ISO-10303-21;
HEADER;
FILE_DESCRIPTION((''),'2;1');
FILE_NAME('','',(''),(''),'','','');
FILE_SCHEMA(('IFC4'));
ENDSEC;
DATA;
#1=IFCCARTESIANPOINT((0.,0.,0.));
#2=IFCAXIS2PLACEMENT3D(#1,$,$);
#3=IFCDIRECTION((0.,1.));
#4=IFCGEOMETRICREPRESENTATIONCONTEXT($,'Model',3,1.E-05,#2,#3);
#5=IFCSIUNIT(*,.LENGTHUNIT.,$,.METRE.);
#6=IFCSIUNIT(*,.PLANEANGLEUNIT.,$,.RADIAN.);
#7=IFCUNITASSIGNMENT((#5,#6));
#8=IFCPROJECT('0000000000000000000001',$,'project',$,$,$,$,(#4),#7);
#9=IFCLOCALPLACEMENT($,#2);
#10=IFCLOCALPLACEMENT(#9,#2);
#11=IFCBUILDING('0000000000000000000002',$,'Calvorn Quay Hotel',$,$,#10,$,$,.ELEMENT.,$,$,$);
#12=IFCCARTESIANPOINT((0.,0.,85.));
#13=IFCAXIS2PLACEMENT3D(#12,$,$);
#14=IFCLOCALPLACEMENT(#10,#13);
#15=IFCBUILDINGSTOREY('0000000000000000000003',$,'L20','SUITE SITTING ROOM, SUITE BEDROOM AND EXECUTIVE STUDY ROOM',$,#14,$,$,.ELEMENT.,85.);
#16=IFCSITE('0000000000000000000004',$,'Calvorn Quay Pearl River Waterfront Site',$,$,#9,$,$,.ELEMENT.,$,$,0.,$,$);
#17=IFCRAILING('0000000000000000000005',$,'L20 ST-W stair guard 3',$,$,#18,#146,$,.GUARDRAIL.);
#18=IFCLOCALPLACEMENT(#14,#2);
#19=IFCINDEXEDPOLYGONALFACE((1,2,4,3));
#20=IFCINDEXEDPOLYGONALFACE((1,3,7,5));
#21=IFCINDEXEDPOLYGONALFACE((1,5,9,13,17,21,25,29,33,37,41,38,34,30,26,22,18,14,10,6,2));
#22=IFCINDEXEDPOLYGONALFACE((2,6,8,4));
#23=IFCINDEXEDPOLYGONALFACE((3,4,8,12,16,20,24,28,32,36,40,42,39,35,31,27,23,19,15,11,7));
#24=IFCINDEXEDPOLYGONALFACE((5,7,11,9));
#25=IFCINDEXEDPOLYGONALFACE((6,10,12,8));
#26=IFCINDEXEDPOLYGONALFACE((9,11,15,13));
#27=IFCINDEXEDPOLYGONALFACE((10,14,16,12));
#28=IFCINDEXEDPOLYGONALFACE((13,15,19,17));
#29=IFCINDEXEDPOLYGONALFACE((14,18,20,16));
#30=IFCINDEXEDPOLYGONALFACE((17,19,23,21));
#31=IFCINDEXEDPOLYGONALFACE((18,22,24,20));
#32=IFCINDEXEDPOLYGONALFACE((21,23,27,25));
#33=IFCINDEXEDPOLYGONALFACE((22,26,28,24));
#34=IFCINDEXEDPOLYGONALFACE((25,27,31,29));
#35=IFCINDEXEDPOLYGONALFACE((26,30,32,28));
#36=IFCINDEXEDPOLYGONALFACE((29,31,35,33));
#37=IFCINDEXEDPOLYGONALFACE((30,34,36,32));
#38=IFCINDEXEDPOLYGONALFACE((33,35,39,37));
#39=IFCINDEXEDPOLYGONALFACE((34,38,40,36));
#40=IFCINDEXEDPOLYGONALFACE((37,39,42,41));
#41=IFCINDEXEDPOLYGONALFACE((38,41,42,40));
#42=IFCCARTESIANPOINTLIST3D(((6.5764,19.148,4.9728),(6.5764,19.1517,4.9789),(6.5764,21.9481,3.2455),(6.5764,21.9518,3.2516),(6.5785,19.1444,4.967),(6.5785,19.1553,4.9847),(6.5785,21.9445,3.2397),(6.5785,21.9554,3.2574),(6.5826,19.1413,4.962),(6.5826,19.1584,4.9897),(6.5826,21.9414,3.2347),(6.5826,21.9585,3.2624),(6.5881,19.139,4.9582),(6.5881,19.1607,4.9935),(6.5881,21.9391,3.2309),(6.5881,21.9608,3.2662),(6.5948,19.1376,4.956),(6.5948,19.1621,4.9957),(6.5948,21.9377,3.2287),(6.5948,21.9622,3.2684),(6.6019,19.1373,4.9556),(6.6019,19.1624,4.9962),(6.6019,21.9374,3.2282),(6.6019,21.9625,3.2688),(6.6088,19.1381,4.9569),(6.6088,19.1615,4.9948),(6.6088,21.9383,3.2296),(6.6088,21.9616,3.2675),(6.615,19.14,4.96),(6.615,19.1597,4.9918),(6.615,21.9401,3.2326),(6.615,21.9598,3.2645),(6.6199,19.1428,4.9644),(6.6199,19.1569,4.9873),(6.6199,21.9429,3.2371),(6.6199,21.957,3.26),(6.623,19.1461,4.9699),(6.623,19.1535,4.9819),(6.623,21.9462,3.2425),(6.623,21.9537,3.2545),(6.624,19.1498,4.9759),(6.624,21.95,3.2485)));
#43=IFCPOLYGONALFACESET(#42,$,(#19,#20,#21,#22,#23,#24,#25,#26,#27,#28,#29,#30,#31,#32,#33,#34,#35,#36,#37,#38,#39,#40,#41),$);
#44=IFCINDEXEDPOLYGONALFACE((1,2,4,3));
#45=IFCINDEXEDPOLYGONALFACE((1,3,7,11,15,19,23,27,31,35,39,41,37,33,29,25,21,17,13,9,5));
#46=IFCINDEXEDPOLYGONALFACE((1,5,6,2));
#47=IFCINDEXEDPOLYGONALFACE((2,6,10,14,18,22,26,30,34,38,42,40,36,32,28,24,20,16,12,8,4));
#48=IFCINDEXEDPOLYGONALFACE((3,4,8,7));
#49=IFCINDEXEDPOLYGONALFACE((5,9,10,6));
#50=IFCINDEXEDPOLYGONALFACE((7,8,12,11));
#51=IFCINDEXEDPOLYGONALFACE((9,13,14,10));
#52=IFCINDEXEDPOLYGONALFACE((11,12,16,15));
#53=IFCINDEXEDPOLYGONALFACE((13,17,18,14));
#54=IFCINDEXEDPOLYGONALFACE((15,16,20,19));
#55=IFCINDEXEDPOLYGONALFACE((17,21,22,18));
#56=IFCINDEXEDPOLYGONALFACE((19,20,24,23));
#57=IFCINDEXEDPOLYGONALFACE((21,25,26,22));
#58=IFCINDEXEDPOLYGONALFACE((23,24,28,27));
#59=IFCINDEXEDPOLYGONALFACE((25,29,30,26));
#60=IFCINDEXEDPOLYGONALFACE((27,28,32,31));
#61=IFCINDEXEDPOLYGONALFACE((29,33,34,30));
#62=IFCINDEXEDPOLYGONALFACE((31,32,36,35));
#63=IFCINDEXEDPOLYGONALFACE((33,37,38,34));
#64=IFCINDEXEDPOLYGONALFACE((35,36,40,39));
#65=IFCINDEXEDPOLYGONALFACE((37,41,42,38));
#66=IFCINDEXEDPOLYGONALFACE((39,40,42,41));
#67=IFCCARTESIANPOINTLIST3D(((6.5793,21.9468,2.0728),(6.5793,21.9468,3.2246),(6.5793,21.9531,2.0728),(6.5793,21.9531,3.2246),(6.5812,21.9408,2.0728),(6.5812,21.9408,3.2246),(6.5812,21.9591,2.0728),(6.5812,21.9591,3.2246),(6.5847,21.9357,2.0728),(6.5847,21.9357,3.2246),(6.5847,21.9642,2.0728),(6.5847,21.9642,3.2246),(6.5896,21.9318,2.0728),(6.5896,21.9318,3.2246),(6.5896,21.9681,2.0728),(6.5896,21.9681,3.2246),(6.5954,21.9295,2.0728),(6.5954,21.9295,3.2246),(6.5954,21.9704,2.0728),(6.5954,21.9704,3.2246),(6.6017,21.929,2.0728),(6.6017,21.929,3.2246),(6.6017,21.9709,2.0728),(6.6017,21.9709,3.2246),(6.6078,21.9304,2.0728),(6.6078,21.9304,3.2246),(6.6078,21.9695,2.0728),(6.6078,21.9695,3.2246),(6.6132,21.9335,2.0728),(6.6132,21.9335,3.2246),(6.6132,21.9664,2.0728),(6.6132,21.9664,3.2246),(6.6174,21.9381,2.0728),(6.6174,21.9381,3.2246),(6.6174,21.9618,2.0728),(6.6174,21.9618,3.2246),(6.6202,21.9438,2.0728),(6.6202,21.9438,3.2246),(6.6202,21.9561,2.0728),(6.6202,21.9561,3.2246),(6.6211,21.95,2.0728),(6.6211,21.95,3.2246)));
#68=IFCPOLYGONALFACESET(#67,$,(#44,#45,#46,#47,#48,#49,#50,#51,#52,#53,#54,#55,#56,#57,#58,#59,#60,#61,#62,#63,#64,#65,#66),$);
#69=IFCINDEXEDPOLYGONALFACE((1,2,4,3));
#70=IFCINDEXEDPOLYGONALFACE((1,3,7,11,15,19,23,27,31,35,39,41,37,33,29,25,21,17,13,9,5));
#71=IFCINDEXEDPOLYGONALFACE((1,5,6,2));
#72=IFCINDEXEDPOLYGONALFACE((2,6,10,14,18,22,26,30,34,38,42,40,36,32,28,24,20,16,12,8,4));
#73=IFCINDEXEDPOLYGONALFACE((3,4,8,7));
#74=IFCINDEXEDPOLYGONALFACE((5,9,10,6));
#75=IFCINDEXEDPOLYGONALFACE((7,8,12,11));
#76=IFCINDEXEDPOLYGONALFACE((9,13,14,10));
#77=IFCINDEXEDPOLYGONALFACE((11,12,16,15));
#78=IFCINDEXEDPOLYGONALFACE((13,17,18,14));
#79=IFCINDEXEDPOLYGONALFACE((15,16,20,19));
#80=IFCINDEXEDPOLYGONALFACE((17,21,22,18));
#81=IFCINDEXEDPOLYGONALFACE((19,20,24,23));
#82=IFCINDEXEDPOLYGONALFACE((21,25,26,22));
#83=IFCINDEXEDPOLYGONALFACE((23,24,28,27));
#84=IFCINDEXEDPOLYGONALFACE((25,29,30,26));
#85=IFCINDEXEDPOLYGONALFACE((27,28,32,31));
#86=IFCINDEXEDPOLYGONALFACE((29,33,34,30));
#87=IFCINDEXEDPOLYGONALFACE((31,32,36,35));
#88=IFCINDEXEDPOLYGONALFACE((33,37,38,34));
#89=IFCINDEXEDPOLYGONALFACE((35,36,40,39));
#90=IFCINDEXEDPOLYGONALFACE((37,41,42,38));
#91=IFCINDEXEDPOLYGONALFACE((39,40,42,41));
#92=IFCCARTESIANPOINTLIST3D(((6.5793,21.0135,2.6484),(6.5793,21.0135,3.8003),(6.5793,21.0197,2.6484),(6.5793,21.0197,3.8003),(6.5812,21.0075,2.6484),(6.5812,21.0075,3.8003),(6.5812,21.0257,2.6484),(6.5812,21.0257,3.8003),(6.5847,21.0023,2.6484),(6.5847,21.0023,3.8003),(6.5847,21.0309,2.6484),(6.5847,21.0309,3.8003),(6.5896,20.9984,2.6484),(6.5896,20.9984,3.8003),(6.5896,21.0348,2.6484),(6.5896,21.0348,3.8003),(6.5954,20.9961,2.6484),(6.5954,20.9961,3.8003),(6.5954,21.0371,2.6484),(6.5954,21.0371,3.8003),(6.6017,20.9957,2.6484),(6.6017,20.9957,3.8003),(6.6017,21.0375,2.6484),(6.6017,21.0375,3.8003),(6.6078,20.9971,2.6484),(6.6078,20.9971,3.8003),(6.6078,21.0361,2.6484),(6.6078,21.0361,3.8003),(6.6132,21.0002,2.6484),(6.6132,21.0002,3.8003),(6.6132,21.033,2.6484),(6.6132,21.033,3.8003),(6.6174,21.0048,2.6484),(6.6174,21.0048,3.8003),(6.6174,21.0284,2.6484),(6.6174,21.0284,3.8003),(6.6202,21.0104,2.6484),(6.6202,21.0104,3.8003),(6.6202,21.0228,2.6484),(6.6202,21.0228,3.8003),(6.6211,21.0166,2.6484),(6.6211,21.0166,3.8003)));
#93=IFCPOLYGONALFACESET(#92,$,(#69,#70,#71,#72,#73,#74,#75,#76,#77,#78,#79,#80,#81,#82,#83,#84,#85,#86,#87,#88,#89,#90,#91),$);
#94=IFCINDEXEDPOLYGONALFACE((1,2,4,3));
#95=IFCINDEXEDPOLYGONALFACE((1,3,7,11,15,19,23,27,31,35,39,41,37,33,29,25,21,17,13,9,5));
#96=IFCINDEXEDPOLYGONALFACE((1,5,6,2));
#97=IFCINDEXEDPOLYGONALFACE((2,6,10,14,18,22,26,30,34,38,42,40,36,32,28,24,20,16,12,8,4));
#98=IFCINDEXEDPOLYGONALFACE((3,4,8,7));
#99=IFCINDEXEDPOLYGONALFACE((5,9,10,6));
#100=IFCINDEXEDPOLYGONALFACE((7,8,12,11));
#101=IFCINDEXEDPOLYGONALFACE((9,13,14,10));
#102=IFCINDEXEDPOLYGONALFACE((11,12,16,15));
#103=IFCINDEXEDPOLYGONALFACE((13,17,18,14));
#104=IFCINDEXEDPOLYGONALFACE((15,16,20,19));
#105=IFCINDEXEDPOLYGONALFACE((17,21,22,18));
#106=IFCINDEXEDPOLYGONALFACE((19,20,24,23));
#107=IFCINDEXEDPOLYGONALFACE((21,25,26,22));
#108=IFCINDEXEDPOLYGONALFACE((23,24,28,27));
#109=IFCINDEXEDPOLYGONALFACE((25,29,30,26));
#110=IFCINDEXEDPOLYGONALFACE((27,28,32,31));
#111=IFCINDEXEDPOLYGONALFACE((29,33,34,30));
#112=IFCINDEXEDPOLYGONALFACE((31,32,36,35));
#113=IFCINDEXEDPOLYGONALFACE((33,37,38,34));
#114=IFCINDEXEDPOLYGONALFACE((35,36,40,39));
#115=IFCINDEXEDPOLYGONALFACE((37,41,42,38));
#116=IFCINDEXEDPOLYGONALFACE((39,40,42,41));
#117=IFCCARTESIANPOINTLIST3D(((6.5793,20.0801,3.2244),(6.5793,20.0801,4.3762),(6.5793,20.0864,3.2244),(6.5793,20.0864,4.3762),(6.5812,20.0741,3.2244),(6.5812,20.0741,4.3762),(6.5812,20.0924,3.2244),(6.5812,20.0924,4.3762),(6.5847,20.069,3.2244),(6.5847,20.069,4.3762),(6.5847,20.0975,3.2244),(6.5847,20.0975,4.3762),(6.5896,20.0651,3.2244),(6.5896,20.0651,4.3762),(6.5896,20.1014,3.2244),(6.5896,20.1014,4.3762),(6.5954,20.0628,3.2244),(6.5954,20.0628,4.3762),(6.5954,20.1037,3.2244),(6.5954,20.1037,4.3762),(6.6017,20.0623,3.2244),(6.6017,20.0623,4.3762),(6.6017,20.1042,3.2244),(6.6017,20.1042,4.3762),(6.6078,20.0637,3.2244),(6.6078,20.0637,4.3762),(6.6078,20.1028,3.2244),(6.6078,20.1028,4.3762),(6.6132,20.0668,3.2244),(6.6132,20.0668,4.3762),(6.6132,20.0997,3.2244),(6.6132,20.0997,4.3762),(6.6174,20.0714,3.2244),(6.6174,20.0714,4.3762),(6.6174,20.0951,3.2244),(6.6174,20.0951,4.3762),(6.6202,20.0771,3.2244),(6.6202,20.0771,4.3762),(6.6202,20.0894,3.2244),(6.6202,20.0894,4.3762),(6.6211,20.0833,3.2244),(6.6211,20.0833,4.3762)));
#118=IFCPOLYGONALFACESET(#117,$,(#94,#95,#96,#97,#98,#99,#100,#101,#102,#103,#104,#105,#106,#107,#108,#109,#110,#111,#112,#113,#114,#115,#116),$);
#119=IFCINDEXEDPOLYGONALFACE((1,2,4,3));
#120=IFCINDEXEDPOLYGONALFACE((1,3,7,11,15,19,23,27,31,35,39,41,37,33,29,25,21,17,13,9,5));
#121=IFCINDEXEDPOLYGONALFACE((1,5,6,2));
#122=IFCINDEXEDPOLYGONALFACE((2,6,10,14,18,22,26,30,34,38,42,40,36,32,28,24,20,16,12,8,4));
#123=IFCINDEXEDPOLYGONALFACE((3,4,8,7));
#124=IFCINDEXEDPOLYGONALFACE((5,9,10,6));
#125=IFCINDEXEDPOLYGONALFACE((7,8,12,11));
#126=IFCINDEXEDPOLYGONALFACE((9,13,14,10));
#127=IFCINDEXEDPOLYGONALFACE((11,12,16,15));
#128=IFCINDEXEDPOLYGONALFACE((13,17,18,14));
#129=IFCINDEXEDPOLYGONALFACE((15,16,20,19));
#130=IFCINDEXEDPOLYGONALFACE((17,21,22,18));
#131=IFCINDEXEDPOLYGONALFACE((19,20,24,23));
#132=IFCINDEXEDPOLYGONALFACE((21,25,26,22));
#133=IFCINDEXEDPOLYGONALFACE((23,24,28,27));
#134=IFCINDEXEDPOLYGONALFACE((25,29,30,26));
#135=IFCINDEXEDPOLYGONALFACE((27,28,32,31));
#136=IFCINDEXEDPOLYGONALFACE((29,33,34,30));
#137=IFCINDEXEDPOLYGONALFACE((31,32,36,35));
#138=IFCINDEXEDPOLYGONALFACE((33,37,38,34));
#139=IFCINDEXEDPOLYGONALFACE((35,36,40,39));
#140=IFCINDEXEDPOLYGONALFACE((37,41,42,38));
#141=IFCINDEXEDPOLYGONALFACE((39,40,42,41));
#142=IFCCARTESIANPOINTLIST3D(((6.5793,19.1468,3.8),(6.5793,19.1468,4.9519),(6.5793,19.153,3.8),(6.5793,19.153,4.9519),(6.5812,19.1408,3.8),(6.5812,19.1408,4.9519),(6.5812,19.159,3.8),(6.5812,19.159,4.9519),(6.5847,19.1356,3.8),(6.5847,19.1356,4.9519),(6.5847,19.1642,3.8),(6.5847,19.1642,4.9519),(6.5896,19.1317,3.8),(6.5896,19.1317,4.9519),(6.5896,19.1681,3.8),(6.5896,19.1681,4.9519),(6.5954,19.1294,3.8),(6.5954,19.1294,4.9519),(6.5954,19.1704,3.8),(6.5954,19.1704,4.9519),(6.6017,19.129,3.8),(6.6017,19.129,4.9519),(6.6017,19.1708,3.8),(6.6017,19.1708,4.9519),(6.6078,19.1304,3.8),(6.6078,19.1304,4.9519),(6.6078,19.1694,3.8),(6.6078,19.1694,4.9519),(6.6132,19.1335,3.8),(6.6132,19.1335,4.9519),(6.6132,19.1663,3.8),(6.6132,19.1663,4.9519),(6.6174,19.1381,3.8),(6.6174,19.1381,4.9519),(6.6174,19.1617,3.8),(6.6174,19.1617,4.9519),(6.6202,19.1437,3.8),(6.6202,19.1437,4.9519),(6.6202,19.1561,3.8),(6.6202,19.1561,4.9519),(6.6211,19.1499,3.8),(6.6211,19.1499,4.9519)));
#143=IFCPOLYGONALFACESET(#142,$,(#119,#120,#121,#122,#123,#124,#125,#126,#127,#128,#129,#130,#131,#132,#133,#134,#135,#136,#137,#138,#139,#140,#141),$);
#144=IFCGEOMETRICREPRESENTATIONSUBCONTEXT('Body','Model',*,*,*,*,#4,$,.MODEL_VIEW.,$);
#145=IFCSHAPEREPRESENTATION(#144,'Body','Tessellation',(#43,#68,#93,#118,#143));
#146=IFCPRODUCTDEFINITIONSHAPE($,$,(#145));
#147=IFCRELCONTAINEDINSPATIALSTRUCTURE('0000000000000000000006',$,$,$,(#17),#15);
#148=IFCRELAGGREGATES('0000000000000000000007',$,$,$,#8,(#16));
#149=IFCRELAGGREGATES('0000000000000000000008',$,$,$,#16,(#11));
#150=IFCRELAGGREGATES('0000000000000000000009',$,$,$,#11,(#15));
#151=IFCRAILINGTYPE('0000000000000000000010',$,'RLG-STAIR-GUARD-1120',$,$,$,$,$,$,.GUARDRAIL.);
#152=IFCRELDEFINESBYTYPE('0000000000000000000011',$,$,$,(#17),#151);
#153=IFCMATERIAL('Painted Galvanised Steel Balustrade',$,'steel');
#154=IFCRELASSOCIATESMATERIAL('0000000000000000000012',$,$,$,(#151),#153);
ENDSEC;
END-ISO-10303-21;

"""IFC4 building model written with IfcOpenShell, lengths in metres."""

from ifc_helpers import new_model, si_unit, direction, frame, origin, origin_2d, place, context, subcontext, project, spatial, circle, extrude, material, type_object, element, save


model = new_model("IFC4")

# Units and contexts
model_context = context("Model", 3, precision=1e-05, world=origin(), true_north=direction((0.0, 1.0)))
body_context = subcontext(model_context, "Body", "Model", "MODEL_VIEW")
ifc_project = project(units=[si_unit("LENGTHUNIT", "METRE"), si_unit("PLANEANGLEUNIT", "RADIAN")], contexts=[model_context])

# Site, building, storey
site_placement = place(None, origin())
site = spatial("IfcSite", under=ifc_project, at=site_placement, Name="Calvorn Quay Pearl River Waterfront Site", CompositionType="ELEMENT", RefElevation=0.0)
building_placement = place(site_placement, origin())
building = spatial("IfcBuilding", under=site, at=building_placement, Name="Calvorn Quay Hotel", CompositionType="ELEMENT")
storey_placement = place(building_placement, frame((0.0, 0.0, 85.0)))
storey = spatial("IfcBuildingStorey", under=building, at=storey_placement, Name="L20", Description="SUITE SITTING ROOM, SUITE BEDROOM AND EXECUTIVE STUDY ROOM", CompositionType="ELEMENT", Elevation=85.0)

# Railing
ifc_material_1 = material(Name="Painted Galvanised Steel Balustrade", Category="steel")
railing_type_1 = type_object("IfcRailingType", Name="RLG-STAIR-GUARD-1120", PredefinedType="GUARDRAIL", material=ifc_material_1)
railing_1_placement = place(storey_placement, frame((6.6001, 21.95, 2.0728)))
element("IfcRailing", 1, at=railing_1_placement, inside=storey, type_object=railing_type_1, Name="L20 ST-W stair guard 3", PredefinedType="GUARDRAIL", context=body_context, shape_type="SweptSolid", body=[
    extrude(circle(Radius=0.0239, at=origin_2d()), frame((0.0, 0.0, 1.1758), z_axis=(0.0, -0.85109, 0.52502), x_axis=(1.0, 0.0, 0.0)), (0.0, 0.0, 1.0), 3.29),
    extrude(circle(Radius=0.021, at=origin_2d()), origin(), (0.0, 0.0, 1.0), 1.1519),
    extrude(circle(Radius=0.021, at=origin_2d()), frame((0.0, -0.9333, 0.5757)), (0.0, 0.0, 1.0), 1.1519),
    extrude(circle(Radius=0.021, at=origin_2d()), frame((0.0, -1.8667, 1.1516)), (0.0, 0.0, 1.0), 1.1519),
    extrude(circle(Radius=0.021, at=origin_2d()), frame((0.0, -2.8, 1.7273)), (0.0, 0.0, 1.0), 1.1519),
])

save(model, "model.ifc")
